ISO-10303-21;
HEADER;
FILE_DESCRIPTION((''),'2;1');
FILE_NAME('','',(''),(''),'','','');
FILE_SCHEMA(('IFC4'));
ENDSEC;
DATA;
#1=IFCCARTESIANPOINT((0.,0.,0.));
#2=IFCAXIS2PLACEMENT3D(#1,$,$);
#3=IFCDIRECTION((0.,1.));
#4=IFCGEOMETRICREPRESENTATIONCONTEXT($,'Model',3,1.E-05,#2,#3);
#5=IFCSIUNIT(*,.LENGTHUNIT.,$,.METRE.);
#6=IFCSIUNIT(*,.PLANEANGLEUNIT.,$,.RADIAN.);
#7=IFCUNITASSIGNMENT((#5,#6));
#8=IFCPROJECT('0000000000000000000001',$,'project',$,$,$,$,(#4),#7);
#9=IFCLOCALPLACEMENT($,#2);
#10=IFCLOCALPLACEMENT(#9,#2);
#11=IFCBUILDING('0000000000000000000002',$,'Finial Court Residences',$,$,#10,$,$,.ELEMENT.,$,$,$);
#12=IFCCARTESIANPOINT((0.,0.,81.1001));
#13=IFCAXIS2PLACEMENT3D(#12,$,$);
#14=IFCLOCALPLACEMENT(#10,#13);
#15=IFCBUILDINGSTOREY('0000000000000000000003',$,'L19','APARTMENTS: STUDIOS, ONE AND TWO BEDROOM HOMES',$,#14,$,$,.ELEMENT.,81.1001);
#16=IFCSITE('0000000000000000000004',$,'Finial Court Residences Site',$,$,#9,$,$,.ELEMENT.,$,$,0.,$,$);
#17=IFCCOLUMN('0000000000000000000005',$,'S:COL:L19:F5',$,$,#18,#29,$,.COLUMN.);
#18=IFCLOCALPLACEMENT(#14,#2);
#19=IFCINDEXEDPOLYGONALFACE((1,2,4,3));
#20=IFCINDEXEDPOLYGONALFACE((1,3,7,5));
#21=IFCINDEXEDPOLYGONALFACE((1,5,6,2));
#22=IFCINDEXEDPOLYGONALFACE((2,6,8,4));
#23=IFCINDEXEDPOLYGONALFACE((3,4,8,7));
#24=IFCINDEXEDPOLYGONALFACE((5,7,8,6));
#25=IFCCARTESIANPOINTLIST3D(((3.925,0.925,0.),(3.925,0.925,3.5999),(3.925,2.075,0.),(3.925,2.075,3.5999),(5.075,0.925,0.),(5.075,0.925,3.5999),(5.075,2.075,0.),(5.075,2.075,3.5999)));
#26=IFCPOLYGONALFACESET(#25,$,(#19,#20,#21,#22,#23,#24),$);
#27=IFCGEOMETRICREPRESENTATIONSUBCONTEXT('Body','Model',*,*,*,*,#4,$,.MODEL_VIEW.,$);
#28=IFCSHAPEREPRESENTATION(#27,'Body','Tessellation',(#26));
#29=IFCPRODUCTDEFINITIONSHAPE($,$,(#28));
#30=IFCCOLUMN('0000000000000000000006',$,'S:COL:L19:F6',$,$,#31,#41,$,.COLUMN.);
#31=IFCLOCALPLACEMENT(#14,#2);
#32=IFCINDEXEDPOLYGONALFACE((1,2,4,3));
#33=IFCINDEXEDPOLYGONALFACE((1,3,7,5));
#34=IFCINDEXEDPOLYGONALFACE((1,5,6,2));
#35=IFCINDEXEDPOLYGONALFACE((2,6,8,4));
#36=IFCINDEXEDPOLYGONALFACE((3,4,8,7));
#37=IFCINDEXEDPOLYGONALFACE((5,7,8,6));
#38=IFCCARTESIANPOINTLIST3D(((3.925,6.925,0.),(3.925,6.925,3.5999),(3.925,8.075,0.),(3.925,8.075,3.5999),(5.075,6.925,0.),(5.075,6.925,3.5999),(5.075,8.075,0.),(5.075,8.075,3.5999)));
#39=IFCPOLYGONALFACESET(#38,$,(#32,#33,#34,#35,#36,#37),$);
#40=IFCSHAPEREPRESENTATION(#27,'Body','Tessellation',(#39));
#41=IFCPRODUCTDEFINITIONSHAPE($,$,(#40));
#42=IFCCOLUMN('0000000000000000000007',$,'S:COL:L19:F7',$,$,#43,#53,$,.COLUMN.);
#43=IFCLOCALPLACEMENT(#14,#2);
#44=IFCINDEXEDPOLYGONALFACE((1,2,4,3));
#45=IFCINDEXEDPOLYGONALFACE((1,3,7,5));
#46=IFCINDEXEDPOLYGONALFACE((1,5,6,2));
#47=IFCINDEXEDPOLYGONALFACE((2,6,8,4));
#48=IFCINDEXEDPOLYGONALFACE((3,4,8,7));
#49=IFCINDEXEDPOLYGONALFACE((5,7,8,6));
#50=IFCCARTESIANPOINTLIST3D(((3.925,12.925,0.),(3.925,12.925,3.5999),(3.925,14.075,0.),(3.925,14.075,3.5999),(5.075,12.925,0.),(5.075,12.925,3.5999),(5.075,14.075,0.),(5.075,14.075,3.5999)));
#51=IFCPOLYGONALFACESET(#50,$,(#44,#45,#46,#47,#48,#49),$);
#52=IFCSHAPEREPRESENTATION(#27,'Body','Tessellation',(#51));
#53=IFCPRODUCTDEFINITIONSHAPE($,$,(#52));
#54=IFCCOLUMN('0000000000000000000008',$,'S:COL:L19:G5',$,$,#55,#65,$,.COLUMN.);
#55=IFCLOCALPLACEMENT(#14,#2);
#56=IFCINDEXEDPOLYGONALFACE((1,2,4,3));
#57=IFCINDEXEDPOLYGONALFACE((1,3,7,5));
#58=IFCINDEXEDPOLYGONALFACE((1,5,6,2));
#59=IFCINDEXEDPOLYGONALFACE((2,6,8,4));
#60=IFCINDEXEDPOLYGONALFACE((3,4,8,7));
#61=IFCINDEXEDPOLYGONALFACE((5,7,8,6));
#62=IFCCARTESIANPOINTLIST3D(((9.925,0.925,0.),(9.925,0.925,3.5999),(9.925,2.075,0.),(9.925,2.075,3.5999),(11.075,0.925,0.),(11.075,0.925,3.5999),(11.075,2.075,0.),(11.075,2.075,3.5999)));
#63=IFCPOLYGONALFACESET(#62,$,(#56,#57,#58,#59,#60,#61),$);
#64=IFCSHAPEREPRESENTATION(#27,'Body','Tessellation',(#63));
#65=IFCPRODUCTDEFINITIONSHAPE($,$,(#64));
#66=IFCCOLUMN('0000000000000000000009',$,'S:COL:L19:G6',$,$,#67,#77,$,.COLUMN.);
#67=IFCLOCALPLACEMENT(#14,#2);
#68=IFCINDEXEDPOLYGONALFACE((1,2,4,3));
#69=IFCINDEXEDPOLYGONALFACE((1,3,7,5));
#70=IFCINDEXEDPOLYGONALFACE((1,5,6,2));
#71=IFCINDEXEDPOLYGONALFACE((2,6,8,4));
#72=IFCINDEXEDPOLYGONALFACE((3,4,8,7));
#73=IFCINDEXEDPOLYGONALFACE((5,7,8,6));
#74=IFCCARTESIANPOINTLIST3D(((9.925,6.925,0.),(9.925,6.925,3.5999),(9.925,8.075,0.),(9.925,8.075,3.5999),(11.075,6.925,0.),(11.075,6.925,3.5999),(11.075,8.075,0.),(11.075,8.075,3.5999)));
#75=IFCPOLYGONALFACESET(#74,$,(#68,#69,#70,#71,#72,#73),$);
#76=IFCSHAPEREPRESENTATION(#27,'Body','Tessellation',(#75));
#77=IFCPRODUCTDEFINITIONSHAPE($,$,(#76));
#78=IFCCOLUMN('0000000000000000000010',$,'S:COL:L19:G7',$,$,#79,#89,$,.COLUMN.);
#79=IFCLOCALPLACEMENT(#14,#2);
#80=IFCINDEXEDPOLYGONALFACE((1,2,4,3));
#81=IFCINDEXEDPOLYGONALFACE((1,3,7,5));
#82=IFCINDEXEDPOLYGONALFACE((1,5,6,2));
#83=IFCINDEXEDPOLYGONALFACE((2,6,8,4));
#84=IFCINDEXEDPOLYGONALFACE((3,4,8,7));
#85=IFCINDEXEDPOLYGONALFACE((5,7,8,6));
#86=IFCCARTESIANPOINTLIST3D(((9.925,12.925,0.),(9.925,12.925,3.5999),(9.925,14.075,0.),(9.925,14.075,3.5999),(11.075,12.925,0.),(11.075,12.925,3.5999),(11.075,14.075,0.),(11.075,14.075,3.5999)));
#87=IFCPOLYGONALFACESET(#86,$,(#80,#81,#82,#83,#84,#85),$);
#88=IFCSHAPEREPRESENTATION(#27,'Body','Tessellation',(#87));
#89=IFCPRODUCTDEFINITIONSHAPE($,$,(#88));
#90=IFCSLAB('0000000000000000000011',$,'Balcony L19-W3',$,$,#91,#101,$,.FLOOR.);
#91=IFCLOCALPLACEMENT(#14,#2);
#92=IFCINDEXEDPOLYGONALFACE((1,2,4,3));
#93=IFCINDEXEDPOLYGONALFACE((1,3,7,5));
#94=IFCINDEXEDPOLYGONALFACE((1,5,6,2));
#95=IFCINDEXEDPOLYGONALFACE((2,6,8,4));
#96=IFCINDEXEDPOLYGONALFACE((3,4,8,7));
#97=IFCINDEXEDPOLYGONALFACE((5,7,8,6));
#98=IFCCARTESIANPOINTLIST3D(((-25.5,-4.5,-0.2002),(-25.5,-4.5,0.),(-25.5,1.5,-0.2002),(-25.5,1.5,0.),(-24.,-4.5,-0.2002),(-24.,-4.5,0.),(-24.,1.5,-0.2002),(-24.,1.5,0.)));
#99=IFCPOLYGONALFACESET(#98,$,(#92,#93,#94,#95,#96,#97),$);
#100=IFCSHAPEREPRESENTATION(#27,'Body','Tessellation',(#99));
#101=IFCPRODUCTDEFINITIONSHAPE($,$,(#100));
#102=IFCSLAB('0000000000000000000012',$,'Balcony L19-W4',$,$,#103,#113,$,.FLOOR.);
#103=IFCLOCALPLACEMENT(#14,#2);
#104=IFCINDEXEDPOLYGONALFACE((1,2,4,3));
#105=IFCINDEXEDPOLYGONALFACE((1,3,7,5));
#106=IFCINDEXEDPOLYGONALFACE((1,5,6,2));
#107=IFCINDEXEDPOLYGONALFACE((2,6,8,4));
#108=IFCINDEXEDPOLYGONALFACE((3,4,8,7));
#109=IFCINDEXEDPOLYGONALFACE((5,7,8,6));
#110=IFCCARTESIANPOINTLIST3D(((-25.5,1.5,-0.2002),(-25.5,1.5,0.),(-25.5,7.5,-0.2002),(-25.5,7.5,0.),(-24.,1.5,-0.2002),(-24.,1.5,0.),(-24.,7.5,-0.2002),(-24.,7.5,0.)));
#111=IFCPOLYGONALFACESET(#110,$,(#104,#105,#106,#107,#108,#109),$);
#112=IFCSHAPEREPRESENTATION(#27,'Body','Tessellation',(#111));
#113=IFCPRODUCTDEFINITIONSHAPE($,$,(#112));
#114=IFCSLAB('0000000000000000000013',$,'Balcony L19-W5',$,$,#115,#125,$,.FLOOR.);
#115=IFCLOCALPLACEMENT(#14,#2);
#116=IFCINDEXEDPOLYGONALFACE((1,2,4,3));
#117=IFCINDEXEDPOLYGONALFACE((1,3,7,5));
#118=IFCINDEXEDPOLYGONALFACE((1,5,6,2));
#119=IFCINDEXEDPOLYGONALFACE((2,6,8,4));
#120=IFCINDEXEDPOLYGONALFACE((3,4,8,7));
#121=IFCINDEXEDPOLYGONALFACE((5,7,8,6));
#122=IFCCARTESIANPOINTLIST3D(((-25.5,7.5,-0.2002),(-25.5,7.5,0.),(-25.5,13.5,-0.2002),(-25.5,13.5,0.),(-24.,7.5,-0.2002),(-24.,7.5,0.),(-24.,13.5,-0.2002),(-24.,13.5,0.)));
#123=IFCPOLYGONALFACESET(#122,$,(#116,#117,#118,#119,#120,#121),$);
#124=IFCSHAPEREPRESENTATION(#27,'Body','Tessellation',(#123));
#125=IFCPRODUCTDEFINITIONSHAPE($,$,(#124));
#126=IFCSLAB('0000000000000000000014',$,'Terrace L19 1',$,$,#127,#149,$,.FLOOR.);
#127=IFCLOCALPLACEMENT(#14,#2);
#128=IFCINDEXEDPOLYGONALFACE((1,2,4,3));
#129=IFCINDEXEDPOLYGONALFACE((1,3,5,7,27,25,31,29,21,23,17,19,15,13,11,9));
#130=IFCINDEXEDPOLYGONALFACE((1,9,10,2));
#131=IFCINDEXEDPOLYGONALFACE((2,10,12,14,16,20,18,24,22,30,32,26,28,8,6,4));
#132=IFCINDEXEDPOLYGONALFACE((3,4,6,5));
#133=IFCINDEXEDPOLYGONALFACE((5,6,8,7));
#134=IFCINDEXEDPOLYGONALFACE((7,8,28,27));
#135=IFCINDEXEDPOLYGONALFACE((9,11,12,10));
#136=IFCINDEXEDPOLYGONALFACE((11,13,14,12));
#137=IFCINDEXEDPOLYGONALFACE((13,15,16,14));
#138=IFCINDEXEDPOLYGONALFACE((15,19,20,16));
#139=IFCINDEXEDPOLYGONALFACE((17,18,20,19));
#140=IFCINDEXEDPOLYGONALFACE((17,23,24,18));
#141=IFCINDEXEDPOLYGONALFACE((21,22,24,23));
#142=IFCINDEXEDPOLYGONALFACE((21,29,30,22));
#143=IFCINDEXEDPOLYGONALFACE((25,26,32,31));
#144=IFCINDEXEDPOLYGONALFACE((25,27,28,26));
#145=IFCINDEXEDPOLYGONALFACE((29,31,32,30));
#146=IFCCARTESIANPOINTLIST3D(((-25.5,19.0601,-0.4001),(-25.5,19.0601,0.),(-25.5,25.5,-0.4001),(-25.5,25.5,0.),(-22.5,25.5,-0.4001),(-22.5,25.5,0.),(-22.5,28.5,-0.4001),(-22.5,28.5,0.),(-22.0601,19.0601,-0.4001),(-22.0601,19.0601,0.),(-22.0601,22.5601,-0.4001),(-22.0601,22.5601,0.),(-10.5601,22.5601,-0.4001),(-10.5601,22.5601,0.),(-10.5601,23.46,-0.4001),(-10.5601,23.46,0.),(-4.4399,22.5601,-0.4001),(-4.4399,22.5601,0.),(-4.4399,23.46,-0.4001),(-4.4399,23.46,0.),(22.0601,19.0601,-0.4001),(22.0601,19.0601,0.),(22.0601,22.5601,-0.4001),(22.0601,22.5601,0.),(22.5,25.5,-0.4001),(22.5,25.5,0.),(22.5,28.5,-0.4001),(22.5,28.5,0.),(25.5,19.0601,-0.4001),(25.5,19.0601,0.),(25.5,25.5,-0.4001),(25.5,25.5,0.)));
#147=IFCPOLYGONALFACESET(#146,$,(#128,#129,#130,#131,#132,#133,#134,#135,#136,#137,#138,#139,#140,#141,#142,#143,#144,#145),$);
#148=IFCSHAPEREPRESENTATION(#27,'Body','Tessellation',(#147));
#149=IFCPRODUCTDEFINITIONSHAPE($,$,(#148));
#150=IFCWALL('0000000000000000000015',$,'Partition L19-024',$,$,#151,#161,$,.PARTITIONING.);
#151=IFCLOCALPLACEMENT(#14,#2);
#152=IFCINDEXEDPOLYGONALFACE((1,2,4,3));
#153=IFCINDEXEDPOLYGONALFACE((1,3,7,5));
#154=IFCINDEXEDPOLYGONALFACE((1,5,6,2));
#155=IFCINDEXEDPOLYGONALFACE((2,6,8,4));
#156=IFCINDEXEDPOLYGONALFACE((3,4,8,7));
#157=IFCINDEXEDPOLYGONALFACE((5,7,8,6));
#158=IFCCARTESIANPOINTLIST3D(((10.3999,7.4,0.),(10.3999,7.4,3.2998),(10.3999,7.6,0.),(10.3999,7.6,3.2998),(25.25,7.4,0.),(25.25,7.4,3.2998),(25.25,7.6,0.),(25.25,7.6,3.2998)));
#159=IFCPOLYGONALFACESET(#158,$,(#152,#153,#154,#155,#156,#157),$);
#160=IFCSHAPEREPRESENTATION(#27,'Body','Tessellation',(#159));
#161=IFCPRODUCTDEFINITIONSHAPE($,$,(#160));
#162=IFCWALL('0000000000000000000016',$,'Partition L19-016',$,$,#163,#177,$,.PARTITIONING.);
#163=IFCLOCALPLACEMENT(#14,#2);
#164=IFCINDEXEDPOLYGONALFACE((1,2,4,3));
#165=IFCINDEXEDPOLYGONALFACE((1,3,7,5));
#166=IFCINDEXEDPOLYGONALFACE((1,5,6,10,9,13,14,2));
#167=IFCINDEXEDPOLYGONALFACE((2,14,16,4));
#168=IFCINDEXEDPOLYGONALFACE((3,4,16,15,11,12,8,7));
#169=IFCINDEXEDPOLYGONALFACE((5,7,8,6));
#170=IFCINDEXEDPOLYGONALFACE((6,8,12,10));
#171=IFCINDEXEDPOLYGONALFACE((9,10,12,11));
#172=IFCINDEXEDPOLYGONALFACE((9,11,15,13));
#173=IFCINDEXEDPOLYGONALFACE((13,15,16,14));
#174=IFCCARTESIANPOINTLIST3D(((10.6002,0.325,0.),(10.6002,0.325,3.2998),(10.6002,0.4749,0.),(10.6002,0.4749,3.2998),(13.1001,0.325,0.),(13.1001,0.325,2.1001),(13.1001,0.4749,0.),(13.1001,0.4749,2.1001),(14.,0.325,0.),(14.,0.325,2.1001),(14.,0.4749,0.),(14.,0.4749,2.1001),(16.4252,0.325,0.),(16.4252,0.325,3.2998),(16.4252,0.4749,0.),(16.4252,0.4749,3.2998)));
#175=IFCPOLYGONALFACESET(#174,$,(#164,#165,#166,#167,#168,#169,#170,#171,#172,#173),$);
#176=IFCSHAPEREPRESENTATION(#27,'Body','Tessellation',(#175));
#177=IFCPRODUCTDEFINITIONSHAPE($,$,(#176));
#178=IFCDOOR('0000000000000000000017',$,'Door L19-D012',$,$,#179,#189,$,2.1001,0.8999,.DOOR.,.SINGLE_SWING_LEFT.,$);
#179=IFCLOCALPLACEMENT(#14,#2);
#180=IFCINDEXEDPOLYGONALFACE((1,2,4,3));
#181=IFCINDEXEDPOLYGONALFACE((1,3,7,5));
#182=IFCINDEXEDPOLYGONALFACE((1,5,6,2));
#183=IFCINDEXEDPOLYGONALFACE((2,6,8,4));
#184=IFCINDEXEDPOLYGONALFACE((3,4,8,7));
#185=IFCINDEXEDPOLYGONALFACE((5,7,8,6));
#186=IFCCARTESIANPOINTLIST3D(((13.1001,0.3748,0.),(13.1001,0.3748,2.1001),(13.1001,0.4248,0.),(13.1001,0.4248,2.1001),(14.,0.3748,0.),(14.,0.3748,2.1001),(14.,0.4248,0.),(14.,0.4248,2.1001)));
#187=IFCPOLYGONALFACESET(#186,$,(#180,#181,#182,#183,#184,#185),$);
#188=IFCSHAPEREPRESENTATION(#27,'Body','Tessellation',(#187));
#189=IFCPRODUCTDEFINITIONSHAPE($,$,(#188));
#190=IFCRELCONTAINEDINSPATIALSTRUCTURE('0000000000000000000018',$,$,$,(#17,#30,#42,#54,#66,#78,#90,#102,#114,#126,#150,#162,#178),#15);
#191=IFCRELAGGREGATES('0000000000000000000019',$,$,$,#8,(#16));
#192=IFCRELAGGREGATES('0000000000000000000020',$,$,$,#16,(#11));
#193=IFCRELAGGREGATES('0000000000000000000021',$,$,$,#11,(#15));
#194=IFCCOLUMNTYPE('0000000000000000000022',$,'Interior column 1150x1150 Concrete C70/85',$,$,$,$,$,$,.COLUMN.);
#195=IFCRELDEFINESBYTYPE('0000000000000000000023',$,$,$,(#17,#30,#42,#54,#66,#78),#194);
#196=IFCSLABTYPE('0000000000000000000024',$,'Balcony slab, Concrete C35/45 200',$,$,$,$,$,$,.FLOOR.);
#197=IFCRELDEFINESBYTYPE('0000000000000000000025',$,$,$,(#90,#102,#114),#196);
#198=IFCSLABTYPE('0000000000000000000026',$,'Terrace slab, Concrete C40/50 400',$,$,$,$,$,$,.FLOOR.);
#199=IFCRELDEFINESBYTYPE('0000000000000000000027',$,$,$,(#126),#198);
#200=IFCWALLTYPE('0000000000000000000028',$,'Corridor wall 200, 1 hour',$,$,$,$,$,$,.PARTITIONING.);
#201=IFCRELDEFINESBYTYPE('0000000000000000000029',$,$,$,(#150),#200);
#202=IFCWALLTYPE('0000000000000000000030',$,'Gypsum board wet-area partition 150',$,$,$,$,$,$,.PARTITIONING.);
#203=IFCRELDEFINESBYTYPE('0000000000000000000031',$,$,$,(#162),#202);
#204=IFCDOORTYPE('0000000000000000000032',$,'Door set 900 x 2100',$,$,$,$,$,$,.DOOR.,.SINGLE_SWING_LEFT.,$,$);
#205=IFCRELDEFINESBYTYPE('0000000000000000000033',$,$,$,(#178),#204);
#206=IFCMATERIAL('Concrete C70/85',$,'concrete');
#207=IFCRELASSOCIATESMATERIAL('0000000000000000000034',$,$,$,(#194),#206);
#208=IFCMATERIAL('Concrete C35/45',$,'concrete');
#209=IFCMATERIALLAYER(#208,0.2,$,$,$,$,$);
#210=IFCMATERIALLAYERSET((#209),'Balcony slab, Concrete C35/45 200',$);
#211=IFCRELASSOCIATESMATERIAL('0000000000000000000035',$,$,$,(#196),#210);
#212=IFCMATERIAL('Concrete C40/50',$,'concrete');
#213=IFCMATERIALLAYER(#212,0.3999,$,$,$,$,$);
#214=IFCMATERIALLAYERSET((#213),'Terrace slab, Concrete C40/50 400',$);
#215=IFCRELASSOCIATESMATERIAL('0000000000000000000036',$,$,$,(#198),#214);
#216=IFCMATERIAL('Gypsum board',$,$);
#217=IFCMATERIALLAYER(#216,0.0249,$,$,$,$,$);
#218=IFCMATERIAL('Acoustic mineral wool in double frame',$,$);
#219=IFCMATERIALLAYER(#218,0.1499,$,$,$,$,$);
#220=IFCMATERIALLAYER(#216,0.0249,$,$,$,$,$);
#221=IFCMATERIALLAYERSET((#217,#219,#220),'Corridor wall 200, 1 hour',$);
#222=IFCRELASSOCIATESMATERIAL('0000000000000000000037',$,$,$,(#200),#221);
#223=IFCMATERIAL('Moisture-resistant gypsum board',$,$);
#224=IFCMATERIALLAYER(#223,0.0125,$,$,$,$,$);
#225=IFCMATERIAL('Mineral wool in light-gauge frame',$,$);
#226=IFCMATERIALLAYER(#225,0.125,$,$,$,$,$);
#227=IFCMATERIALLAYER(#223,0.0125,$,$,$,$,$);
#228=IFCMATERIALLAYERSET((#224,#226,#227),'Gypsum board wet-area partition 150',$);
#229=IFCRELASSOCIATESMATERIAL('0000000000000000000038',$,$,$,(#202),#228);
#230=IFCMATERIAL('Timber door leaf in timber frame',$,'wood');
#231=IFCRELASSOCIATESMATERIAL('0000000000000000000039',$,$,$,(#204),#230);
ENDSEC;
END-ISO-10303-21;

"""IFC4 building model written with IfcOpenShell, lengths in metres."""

from ifc_helpers import new_model, si_unit, direction, frame, frame_2d, origin, origin_2d, place, context, subcontext, project, spatial, polyline, rectangle, outline, extrude, material, layer, layer_set, material_profile, profile_set, type_object, element, fill, save


model = new_model("IFC4")

# Units and contexts
model_context = context("Model", 3, precision=1e-05, world=origin(), true_north=direction((0.0, 1.0)))
body_context = subcontext(model_context, "Body", "Model", "MODEL_VIEW")
ifc_project = project(units=[si_unit("LENGTHUNIT", "METRE"), si_unit("PLANEANGLEUNIT", "RADIAN")], contexts=[model_context])

# Site, building, storey
site_placement = place(None, origin())
site = spatial("IfcSite", under=ifc_project, at=site_placement, Name="Finial Court Residences Site", CompositionType="ELEMENT", RefElevation=0.0)
building_placement = place(site_placement, origin())
building = spatial("IfcBuilding", under=site, at=building_placement, Name="Finial Court Residences", CompositionType="ELEMENT")
storey_placement = place(building_placement, frame((0.0, 0.0, 81.1001)))
storey = spatial("IfcBuildingStorey", under=building, at=storey_placement, Name="L19", Description="APARTMENTS: STUDIOS, ONE AND TWO BEDROOM HOMES", CompositionType="ELEMENT", Elevation=81.1001)

# Columns
ifc_material_1 = material(Name="Concrete C70/85", Category="concrete")
ifc_material_profile = material_profile(ifc_material_1, rectangle(XDim=1.1499, YDim=1.1499, at=origin_2d()), Name="1150x1150")
ifc_profile_set = profile_set([ifc_material_profile], Name="Concrete C70/85")
column_type = type_object("IfcColumnType", Name="Interior column 1150x1150 Concrete C70/85", PredefinedType="COLUMN", material=ifc_profile_set)
for number, where, z_axis, x_axis, name in (
    (1, (4.5, 1.5, 0.0), (0.0, 0.0, 1.0), (1.0, 0.0, 0.0), "S:COL:L19:F5"),
    (2, (4.5, 7.5, 0.0), (0.0, 0.0, 1.0), (1.0, 0.0, 0.0), "S:COL:L19:F6"),
    (3, (4.5, 13.5, 0.0), (0.0, 0.0, 1.0), (1.0, 0.0, 0.0), "S:COL:L19:F7"),
    (4, (10.5, 1.5, 0.0), (0.0, 0.0, 1.0), (1.0, 0.0, 0.0), "S:COL:L19:G5"),
    (5, (10.5, 7.5, 0.0), (0.0, 0.0, 1.0), (1.0, 0.0, 0.0), "S:COL:L19:G6"),
    (6, (10.5, 13.5, 0.0), (0.0, 0.0, 1.0), (1.0, 0.0, 0.0), "S:COL:L19:G7"),
):
    element("IfcColumn", number, at=place(storey_placement, frame(where, z_axis=z_axis, x_axis=x_axis)), inside=storey, type_object=column_type, Name=name, PredefinedType="COLUMN", context=body_context, shape_type="SweptSolid", body=[
        extrude(rectangle(XDim=1.1499, YDim=1.1499, at=origin_2d()), origin(), (0.0, 0.0, 1.0), 3.5999),
    ])

# Slabs
ifc_material_2 = material(Name="Concrete C35/45", Category="concrete")
ifc_layer_1 = layer(ifc_material_2, 0.2)
ifc_layer_set_1 = layer_set([ifc_layer_1], Name="Balcony slab, Concrete C35/45 200")
slab_type_1 = type_object("IfcSlabType", Name="Balcony slab, Concrete C35/45 200", PredefinedType="FLOOR", material=ifc_layer_set_1)
slab_1_placement = place(storey_placement, frame((0.0, 0.0, -0.2002)))
element("IfcSlab", 7, at=slab_1_placement, inside=storey, type_object=slab_type_1, Name="Balcony L19-W3", PredefinedType="FLOOR", context=body_context, shape_type="SweptSolid", body=[
    extrude(outline(polyline([(-24.0, -4.5), (-24.0, 1.5), (-25.5, 1.5), (-25.5, -4.5), (-24.0, -4.5)])), origin(), (0.0, 0.0, 1.0), 0.2002),
])
slab_2_placement = place(storey_placement, frame((0.0, 0.0, -0.2002)))
element("IfcSlab", 8, at=slab_2_placement, inside=storey, type_object=slab_type_1, Name="Balcony L19-W4", PredefinedType="FLOOR", context=body_context, shape_type="SweptSolid", body=[
    extrude(outline(polyline([(-24.0, 1.5), (-24.0, 7.5), (-25.5, 7.5), (-25.5, 1.5), (-24.0, 1.5)])), origin(), (0.0, 0.0, 1.0), 0.2002),
])
slab_3_placement = place(storey_placement, frame((0.0, 0.0, -0.2002)))
element("IfcSlab", 9, at=slab_3_placement, inside=storey, type_object=slab_type_1, Name="Balcony L19-W5", PredefinedType="FLOOR", context=body_context, shape_type="SweptSolid", body=[
    extrude(outline(polyline([(-24.0, 7.5), (-24.0, 13.5), (-25.5, 13.5), (-25.5, 7.5), (-24.0, 7.5)])), origin(), (0.0, 0.0, 1.0), 0.2002),
])
ifc_material_3 = material(Name="Concrete C40/50", Category="concrete")
ifc_layer_2 = layer(ifc_material_3, 0.3999)
ifc_layer_set_2 = layer_set([ifc_layer_2], Name="Terrace slab, Concrete C40/50 400")
slab_type_2 = type_object("IfcSlabType", Name="Terrace slab, Concrete C40/50 400", PredefinedType="FLOOR", material=ifc_layer_set_2)
slab_4_placement = place(storey_placement, frame((0.0, 0.0, -0.4001)))
element("IfcSlab", 10, at=slab_4_placement, inside=storey, type_object=slab_type_2, Name="Terrace L19 1", PredefinedType="FLOOR", context=body_context, shape_type="SweptSolid", body=[
    extrude(outline(polyline([(-22.5, 28.5), (22.5, 28.5), (22.5, 25.5), (25.5, 25.5), (25.5, 19.0601), (22.0601, 19.0601), (22.0601, 22.5601), (-4.4399, 22.5601), (-4.4399, 23.46), (-10.5601, 23.46), (-10.5601, 22.5601), (-22.0601, 22.5601), (-22.0601, 19.0601), (-25.5, 19.0601), (-25.5, 25.5), (-22.5, 25.5), (-22.5, 28.5)])), origin(), (0.0, 0.0, 1.0), 0.4001),
])

# Wall
ifc_material_4 = material(Name="Gypsum board")
ifc_layer_3 = layer(ifc_material_4, 0.0249)
ifc_material_5 = material(Name="Acoustic mineral wool in double frame")
ifc_layer_4 = layer(ifc_material_5, 0.1499)
ifc_layer_5 = layer(ifc_material_4, 0.0249)
ifc_layer_set_3 = layer_set([ifc_layer_3, ifc_layer_4, ifc_layer_5], Name="Corridor wall 200, 1 hour")
wall_type_1 = type_object("IfcWallType", Name="Corridor wall 200, 1 hour", PredefinedType="PARTITIONING", material=ifc_layer_set_3)
wall_1_placement = place(storey_placement, frame((10.3999, 7.5, 0.0), z_axis=(0.0, 0.0, 1.0), x_axis=(1.0, 0.0, 0.0)))
element("IfcWall", 11, at=wall_1_placement, inside=storey, type_object=wall_type_1, Name="Partition L19-024", PredefinedType="PARTITIONING", context=body_context, shape_type="SweptSolid", body=[
    extrude(rectangle(XDim=14.8501, YDim=0.2, at=frame_2d((7.425, 0.0))), origin(), (0.0, 0.0, 1.0), 3.2998),
])

# Wall, opening, door
ifc_material_6 = material(Name="Moisture-resistant gypsum board")
ifc_layer_6 = layer(ifc_material_6, 0.0125)
ifc_material_7 = material(Name="Mineral wool in light-gauge frame")
ifc_layer_7 = layer(ifc_material_7, 0.125)
ifc_layer_8 = layer(ifc_material_6, 0.0125)
ifc_layer_set_4 = layer_set([ifc_layer_6, ifc_layer_7, ifc_layer_8], Name="Gypsum board wet-area partition 150")
wall_type_2 = type_object("IfcWallType", Name="Gypsum board wet-area partition 150", PredefinedType="PARTITIONING", material=ifc_layer_set_4)
wall_2_placement = place(storey_placement, frame((10.6001, 0.3999, 0.0), z_axis=(0.0, 0.0, 1.0), x_axis=(1.0, 0.0, 0.0)))
wall_2 = element("IfcWall", 12, at=wall_2_placement, inside=storey, type_object=wall_type_2, Name="Partition L19-016", PredefinedType="PARTITIONING", context=body_context, shape_type="SweptSolid", body=[
    extrude(rectangle(XDim=5.825, YDim=0.1499, at=frame_2d((2.9126, 0.0))), origin(), (0.0, 0.0, 1.0), 3.2998),
])
opening_1_placement = place(wall_2_placement, frame((2.5, 0.0, 0.0)))
opening_1 = element("IfcOpeningElement", 13, at=opening_1_placement, cuts=wall_2, PredefinedType="OPENING", context=body_context, shape_type="SweptSolid", body=[
    extrude(rectangle(XDim=0.8999, YDim=2.1001, at=frame_2d((0.45, 1.05))), frame((0.0, 0.085, 0.0), z_axis=(0.0, -1.0, 0.0), x_axis=(1.0, 0.0, 0.0)), (0.0, 0.0, 1.0), 0.1699),
])
ifc_material_8 = material(Name="Timber door leaf in timber frame", Category="wood")
door_type = type_object("IfcDoorType", Name="Door set 900 x 2100", OperationType="SINGLE_SWING_LEFT", PredefinedType="DOOR", material=ifc_material_8)
door_1_placement = place(opening_1_placement, origin())
door_1 = element("IfcDoor", 14, at=door_1_placement, inside=storey, type_object=door_type, Name="Door L19-D012", OperationType="SINGLE_SWING_LEFT", OverallHeight=2.1001, OverallWidth=0.8999, PredefinedType="DOOR", context=body_context, shape_type="SweptSolid", body=[
    extrude(rectangle(XDim=0.8999, YDim=2.1001, at=frame_2d((0.45, 1.05))), frame((0.0, 0.0249, 0.0), z_axis=(0.0, -1.0, 0.0), x_axis=(1.0, 0.0, 0.0)), (0.0, 0.0, 1.0), 0.05),
])
fill(opening_1, door_1)

save(model, "model.ifc")
